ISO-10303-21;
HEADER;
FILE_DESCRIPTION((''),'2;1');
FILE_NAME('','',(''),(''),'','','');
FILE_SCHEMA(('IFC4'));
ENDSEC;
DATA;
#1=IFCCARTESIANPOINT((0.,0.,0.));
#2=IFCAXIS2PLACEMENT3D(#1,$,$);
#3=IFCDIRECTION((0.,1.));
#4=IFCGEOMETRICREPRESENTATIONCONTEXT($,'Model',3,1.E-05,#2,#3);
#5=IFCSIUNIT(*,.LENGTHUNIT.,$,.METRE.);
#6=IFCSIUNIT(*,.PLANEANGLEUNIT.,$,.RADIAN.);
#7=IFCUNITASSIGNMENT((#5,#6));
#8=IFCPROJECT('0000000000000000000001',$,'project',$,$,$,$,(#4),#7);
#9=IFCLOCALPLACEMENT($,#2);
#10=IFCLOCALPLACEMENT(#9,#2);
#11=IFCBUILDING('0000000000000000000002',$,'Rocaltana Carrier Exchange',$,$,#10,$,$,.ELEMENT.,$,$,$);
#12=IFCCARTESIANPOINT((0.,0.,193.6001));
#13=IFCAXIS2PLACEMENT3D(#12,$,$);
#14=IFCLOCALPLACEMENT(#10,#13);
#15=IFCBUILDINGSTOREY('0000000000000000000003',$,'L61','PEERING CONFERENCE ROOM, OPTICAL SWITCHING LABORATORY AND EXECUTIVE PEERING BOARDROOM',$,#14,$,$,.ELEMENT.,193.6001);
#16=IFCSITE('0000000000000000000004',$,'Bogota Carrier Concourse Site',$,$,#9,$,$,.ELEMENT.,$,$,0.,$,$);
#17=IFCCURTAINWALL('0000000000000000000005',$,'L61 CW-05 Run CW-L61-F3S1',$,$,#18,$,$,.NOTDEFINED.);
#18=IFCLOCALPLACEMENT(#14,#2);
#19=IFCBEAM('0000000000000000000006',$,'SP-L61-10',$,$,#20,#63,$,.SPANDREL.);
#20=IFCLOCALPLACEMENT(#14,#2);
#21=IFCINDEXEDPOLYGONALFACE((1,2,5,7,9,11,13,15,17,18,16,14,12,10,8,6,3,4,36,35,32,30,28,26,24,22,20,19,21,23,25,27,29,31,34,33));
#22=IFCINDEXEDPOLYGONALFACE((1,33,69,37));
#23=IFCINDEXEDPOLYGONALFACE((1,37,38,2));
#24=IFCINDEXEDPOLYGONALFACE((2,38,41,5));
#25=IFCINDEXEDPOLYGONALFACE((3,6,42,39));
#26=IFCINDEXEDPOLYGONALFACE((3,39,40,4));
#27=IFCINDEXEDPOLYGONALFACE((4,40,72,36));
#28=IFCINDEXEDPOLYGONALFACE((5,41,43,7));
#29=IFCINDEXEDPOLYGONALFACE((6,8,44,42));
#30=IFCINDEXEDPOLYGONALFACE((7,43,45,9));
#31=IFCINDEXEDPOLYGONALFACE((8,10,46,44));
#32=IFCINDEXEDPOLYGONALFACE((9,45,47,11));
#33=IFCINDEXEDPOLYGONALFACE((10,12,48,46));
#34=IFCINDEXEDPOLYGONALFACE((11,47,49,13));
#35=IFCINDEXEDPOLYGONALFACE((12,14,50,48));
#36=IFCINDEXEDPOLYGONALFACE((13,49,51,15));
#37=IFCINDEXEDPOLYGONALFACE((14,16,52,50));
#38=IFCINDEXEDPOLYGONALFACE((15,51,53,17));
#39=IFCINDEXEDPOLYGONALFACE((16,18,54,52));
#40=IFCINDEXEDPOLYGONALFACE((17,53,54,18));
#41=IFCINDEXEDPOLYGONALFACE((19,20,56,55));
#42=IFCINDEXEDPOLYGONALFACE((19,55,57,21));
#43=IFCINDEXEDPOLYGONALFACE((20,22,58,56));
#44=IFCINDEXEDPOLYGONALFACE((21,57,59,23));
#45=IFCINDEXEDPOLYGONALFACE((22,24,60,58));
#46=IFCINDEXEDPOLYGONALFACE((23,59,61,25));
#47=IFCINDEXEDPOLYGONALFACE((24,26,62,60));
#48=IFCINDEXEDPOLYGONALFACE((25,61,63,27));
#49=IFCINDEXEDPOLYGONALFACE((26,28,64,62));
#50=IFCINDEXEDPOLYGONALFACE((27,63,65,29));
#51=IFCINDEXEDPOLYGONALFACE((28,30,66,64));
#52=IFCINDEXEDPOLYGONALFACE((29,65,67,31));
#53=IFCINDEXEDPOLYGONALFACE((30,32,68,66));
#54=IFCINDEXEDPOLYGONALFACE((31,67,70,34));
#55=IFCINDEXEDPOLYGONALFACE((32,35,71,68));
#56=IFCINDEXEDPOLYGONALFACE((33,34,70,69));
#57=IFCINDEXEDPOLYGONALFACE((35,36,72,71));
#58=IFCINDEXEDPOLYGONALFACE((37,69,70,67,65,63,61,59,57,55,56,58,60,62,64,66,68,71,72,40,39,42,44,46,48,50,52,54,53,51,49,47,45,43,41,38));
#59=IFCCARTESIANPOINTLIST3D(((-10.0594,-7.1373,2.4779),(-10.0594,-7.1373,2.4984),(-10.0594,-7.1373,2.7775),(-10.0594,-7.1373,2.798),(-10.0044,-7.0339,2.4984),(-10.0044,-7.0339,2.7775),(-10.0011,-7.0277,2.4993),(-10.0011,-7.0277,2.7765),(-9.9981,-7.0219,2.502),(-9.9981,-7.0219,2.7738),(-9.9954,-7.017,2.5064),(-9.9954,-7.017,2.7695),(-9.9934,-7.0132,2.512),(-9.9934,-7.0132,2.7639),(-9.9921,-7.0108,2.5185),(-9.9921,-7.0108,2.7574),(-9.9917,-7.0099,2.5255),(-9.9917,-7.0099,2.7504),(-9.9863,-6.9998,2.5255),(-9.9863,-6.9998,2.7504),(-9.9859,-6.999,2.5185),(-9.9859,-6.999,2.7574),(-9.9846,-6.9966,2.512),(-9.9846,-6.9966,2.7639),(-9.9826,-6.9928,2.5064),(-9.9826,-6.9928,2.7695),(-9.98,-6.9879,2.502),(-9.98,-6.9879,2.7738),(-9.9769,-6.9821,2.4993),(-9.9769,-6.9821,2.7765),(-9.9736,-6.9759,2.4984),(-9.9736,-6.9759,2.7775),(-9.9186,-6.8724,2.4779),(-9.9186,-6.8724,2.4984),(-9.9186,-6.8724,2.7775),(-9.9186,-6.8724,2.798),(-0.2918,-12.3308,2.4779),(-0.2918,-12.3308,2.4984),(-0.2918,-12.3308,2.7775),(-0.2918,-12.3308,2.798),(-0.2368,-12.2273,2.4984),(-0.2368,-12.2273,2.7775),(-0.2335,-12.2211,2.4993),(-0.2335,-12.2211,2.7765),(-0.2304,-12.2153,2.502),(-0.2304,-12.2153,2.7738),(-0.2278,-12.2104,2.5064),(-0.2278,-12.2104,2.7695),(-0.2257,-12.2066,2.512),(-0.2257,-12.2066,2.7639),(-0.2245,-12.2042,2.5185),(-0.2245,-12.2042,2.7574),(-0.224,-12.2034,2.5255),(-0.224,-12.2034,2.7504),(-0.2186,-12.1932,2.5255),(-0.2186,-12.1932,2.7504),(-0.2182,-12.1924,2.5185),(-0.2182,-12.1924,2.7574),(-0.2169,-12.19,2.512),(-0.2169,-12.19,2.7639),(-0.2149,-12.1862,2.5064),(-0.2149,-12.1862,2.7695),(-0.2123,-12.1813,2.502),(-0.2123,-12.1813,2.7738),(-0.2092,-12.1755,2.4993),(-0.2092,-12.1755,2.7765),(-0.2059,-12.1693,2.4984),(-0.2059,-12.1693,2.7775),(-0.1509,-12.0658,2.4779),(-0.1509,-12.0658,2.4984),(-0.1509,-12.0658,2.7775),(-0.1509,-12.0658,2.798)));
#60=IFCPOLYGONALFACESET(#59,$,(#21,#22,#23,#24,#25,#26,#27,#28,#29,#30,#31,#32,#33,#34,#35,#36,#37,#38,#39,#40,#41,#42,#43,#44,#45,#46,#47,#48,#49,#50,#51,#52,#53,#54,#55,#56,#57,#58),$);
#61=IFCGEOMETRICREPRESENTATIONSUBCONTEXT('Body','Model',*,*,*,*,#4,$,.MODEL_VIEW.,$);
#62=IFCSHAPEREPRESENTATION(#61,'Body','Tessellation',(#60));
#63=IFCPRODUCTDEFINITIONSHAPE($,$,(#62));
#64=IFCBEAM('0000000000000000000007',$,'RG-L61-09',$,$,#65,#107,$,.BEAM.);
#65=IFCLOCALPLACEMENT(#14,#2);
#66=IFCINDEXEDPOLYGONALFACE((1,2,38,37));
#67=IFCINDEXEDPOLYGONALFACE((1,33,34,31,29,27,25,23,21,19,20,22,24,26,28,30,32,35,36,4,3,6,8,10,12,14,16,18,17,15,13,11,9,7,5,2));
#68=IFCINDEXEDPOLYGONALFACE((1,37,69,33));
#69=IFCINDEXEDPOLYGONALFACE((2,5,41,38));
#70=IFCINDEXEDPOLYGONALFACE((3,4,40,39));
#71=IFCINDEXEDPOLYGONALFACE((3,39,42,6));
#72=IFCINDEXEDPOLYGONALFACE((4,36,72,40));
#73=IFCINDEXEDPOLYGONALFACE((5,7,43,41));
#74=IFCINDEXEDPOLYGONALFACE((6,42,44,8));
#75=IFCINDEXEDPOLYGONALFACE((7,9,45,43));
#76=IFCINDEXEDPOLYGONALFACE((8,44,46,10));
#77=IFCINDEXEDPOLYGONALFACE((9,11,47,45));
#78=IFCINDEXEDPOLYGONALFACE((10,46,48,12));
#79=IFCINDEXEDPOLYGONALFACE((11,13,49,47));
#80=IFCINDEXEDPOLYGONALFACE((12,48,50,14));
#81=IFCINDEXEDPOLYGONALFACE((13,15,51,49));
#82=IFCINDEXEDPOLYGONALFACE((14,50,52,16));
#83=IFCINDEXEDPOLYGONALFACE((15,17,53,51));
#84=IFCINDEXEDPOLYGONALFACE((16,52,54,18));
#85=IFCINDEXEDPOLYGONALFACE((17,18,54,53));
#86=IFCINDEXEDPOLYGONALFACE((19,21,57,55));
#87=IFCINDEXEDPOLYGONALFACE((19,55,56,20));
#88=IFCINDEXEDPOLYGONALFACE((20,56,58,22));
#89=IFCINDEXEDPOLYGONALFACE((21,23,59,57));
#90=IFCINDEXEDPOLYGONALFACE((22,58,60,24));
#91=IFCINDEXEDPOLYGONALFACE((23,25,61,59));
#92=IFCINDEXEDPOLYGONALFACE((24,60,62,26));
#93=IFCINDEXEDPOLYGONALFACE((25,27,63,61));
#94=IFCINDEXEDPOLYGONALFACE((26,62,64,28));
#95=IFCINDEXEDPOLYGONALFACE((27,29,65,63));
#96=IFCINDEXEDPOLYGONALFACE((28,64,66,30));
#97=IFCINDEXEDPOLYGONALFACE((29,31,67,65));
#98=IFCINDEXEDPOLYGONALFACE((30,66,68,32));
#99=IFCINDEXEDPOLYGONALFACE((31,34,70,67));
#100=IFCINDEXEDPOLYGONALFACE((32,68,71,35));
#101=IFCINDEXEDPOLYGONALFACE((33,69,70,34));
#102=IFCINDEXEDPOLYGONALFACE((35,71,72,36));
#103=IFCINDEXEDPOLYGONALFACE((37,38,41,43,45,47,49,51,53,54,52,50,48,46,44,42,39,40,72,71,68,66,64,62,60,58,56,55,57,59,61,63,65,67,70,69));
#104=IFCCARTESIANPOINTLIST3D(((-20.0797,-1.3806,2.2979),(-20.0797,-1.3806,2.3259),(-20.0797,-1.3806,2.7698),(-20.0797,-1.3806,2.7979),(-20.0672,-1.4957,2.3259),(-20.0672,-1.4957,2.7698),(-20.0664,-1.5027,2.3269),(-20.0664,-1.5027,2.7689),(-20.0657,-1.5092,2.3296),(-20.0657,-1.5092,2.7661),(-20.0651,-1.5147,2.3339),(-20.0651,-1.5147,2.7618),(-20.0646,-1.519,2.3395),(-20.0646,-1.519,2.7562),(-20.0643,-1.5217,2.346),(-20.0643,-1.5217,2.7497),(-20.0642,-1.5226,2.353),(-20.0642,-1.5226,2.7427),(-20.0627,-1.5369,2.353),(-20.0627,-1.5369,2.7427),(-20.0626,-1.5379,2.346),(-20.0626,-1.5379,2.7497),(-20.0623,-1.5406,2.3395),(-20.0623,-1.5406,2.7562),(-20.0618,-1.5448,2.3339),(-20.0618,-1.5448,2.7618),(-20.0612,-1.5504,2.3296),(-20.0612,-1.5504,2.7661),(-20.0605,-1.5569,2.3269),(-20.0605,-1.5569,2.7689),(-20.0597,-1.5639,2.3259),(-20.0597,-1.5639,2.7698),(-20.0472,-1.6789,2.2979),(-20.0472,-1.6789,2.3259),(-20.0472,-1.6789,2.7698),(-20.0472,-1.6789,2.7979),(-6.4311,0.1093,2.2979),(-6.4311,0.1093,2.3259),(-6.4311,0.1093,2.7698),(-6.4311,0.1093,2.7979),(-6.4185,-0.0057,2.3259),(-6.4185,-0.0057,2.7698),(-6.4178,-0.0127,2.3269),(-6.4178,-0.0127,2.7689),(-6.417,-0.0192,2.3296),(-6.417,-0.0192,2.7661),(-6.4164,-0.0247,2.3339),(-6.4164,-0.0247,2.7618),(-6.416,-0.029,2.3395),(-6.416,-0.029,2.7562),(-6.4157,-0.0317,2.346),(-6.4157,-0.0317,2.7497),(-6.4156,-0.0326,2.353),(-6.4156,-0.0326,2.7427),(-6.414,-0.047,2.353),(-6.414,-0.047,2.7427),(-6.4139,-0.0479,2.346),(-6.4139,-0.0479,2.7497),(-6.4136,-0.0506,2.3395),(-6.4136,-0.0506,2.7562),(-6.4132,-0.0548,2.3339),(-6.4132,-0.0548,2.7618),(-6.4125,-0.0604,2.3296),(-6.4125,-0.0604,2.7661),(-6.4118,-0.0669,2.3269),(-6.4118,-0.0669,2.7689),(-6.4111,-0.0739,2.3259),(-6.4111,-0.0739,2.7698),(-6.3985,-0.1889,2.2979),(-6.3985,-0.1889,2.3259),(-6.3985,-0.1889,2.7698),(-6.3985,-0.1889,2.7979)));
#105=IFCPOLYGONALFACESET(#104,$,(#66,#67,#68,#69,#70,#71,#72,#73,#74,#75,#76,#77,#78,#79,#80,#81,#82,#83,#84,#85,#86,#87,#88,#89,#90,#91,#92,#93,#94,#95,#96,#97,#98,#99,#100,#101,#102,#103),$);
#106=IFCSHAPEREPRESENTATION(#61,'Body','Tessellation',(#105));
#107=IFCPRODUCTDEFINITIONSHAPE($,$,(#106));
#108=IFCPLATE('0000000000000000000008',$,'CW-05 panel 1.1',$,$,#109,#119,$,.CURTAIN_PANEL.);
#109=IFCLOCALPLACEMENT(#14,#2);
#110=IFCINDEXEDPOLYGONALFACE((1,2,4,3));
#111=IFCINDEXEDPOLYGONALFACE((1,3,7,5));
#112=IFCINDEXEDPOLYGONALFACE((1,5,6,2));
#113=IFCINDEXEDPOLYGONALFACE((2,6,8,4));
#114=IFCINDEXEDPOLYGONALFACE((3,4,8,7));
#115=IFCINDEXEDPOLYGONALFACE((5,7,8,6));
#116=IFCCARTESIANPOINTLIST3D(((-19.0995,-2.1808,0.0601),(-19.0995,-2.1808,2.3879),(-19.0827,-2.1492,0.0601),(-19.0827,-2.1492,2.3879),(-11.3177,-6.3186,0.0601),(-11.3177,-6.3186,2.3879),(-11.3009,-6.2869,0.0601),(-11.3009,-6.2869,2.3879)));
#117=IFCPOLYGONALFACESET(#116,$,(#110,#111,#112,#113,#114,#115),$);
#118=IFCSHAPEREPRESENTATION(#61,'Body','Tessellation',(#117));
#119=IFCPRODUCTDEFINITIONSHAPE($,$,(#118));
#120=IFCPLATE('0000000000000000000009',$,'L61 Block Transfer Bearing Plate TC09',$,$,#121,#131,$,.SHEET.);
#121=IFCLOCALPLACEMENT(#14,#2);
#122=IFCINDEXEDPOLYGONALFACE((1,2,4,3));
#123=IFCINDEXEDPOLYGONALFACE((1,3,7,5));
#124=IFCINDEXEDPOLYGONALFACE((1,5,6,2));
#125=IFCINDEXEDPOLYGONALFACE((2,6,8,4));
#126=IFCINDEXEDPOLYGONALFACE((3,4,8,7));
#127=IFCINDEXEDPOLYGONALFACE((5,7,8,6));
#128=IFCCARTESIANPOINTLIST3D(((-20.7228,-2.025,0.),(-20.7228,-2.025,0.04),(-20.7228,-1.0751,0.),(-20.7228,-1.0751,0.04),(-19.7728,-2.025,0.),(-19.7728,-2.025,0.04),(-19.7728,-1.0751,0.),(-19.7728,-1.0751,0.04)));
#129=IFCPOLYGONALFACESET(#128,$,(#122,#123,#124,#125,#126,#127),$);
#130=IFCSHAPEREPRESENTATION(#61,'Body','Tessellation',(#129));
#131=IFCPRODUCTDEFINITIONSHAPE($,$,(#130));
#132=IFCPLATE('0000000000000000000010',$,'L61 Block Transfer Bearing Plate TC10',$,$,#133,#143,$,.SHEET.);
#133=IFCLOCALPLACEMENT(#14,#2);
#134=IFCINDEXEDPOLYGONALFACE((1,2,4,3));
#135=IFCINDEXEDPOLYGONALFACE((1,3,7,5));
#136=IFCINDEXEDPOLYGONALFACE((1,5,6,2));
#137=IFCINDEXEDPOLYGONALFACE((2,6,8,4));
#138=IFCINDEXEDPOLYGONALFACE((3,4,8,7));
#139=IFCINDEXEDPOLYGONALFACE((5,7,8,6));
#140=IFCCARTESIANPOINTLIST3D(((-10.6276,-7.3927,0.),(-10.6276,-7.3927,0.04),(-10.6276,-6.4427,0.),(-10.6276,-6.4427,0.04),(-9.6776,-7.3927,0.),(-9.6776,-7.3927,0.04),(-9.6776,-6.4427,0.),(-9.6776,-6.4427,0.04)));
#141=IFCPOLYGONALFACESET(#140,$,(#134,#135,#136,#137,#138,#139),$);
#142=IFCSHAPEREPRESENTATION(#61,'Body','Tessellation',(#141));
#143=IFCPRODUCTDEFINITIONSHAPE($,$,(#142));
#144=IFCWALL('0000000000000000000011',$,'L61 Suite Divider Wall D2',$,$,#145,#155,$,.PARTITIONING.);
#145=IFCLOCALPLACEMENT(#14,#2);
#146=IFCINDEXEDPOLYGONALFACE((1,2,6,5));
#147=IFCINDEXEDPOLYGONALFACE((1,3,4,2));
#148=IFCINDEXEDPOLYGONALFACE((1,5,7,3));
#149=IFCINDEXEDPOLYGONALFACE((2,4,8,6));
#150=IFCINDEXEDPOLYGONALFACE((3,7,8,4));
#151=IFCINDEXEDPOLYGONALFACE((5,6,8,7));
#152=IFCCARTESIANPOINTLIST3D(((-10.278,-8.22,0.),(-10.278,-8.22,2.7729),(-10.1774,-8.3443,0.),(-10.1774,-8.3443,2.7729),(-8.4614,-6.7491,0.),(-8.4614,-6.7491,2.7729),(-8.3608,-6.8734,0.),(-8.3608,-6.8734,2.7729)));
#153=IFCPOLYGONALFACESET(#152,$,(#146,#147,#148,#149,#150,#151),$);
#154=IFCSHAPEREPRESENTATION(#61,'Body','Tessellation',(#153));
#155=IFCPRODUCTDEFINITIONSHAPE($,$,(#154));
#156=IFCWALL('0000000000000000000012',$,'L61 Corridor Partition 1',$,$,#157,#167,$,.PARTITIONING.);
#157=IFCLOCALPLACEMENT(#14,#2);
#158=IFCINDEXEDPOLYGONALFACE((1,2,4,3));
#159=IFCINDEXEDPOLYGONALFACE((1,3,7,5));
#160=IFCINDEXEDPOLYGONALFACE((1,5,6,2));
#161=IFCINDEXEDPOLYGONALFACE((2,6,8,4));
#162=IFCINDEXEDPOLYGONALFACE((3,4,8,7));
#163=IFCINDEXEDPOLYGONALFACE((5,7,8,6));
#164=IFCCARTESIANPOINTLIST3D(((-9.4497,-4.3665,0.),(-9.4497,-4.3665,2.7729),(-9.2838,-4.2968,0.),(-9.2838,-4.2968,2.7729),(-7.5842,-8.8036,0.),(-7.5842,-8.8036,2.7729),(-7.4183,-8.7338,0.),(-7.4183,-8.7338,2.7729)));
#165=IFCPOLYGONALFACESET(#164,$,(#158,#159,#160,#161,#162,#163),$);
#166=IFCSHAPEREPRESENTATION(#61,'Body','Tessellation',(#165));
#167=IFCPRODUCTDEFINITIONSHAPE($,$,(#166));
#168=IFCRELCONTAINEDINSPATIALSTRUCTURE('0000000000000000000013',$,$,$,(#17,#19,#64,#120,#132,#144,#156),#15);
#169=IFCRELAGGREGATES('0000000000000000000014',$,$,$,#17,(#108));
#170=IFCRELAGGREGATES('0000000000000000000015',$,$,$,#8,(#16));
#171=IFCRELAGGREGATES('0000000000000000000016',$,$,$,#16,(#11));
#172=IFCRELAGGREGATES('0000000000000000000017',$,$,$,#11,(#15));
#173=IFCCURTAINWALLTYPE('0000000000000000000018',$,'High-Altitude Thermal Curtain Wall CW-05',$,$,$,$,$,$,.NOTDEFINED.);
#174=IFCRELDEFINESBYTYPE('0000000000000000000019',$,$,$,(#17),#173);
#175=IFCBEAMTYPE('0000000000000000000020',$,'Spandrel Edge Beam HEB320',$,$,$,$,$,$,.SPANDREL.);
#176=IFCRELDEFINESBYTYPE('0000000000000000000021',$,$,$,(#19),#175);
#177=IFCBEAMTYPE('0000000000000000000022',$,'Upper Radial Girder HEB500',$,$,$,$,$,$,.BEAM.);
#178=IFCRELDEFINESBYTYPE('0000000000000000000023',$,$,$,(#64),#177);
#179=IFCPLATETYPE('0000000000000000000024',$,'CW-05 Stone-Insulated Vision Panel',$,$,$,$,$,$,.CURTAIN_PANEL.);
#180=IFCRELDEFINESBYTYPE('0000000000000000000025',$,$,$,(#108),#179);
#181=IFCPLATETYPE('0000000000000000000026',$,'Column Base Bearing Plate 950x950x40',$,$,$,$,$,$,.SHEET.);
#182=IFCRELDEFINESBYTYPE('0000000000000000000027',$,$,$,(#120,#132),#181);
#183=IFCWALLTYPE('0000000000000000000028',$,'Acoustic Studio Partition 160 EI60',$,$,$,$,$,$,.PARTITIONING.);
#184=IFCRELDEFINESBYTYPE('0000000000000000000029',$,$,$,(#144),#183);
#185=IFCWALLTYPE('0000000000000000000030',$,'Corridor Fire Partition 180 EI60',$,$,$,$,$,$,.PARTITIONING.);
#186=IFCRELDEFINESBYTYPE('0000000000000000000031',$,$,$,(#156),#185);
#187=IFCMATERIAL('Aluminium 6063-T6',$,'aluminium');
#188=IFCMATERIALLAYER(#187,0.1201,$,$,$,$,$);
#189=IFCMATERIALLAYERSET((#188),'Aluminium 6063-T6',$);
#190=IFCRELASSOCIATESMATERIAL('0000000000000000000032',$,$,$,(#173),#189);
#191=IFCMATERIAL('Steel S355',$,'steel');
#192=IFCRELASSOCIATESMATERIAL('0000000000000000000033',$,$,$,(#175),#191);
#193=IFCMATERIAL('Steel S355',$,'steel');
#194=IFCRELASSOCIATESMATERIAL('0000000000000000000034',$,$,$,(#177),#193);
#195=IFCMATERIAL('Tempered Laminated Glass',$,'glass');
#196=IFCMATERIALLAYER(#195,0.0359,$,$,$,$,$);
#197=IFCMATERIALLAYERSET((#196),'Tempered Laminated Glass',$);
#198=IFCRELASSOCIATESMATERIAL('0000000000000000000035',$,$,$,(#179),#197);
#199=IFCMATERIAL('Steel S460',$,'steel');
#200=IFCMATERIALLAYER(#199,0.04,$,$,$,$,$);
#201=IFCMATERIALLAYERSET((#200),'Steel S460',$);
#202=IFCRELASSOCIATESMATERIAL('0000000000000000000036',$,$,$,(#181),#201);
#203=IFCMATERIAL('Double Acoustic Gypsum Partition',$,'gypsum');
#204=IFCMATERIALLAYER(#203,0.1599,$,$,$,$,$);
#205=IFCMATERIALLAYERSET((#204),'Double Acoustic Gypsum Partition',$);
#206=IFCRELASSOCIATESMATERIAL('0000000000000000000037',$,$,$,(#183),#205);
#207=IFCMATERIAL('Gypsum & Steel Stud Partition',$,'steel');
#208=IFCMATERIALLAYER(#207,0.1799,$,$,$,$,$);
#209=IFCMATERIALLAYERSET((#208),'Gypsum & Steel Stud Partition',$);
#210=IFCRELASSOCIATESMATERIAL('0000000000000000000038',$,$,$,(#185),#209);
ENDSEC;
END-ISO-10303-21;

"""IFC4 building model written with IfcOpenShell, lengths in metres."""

from ifc_helpers import new_model, si_unit, direction, frame, frame_2d, origin, origin_2d, place, context, subcontext, project, spatial, rectangle, i_section, extrude, material, layer, layer_set, material_profile, profile_set, type_object, element, aggregate, save


model = new_model("IFC4")

# Units and contexts
model_context = context("Model", 3, precision=1e-05, world=origin(), true_north=direction((0.0, 1.0)))
body_context = subcontext(model_context, "Body", "Model", "MODEL_VIEW")
ifc_project = project(units=[si_unit("LENGTHUNIT", "METRE"), si_unit("PLANEANGLEUNIT", "RADIAN")], contexts=[model_context])

# Site, building, storey
site_placement = place(None, origin())
site = spatial("IfcSite", under=ifc_project, at=site_placement, Name="Bogota Carrier Concourse Site", CompositionType="ELEMENT", RefElevation=0.0)
building_placement = place(site_placement, origin())
building = spatial("IfcBuilding", under=site, at=building_placement, Name="Rocaltana Carrier Exchange", CompositionType="ELEMENT")
storey_placement = place(building_placement, frame((0.0, 0.0, 193.6001)))
storey = spatial("IfcBuildingStorey", under=building, at=storey_placement, Name="L61", Description="PEERING CONFERENCE ROOM, OPTICAL SWITCHING LABORATORY AND EXECUTIVE PEERING BOARDROOM", CompositionType="ELEMENT", Elevation=193.6001)

# Curtain wall
ifc_material_1 = material(Name="Aluminium 6063-T6", Category="aluminium")
ifc_layer_1 = layer(ifc_material_1, 0.1201)
ifc_layer_set_1 = layer_set([ifc_layer_1], Name="Aluminium 6063-T6")
curtain_wall_type = type_object("IfcCurtainWallType", Name="High-Altitude Thermal Curtain Wall CW-05", PredefinedType="NOTDEFINED", material=ifc_layer_set_1)
curtain_wall_1_placement = place(storey_placement, origin())
curtain_wall_1 = element("IfcCurtainWall", 1, at=curtain_wall_1_placement, inside=storey, type_object=curtain_wall_type, Name="L61 CW-05 Run CW-L61-F3S1", PredefinedType="NOTDEFINED")

# Beams
ifc_material_2 = material(Name="Steel S355", Category="steel")
ifc_material_profile_1 = material_profile(ifc_material_2, i_section(OverallWidth=0.3, OverallDepth=0.3201, WebThickness=0.0115, FlangeThickness=0.0205, FilletRadius=0.0271, at=origin_2d()), Name="HEB320")
ifc_profile_set_1 = profile_set([ifc_material_profile_1], Name="Steel S355")
beam_type_1 = type_object("IfcBeamType", Name="Spandrel Edge Beam HEB320", PredefinedType="SPANDREL", material=ifc_profile_set_1)
for number, where, z_axis, x_axis, name in (
    (2, (-9.989, -7.0049, 2.6379), (0.882953, -0.469461, 0.0), (0.469461, 0.882953, 0.0), "SP-L61-10"),
):
    element("IfcBeam", number, at=place(storey_placement, frame(where, z_axis=z_axis, x_axis=x_axis)), inside=storey, type_object=beam_type_1, Name=name, PredefinedType="SPANDREL", context=body_context, shape_type="SweptSolid", body=[
        extrude(i_section(OverallWidth=0.3, OverallDepth=0.3201, WebThickness=0.0115, FlangeThickness=0.0205, FilletRadius=0.0271, at=origin_2d()), origin(), (0.0, 0.0, 1.0), 11.0625),
    ])
ifc_material_3 = material(Name="Steel S355", Category="steel")
ifc_material_profile_2 = material_profile(ifc_material_3, i_section(OverallWidth=0.3, OverallDepth=0.5, WebThickness=0.0144, FlangeThickness=0.0281, FilletRadius=0.0271, at=origin_2d()), Name="HEB500")
ifc_profile_set_2 = profile_set([ifc_material_profile_2], Name="Steel S355")
beam_type_2 = type_object("IfcBeamType", Name="Upper Radial Girder HEB500", PredefinedType="BEAM", material=ifc_profile_set_2)
beam_1_placement = place(storey_placement, frame((-6.4148, -0.0398, 2.5479), z_axis=(-0.994094, -0.108523, 0.0), x_axis=(0.108523, -0.994094, 0.0)))
element("IfcBeam", 3, at=beam_1_placement, inside=storey, type_object=beam_type_2, Name="RG-L61-09", PredefinedType="BEAM", context=body_context, shape_type="SweptSolid", body=[
    extrude(i_section(OverallWidth=0.3, OverallDepth=0.5, WebThickness=0.0144, FlangeThickness=0.0281, FilletRadius=0.0271, at=origin_2d()), origin(), (0.0, 0.0, 1.0), 13.7297),
])

# Plate
ifc_material_4 = material(Name="Tempered Laminated Glass", Category="glass")
ifc_layer_2 = layer(ifc_material_4, 0.0359)
ifc_layer_set_2 = layer_set([ifc_layer_2], Name="Tempered Laminated Glass")
plate_type_1 = type_object("IfcPlateType", Name="CW-05 Stone-Insulated Vision Panel", PredefinedType="CURTAIN_PANEL", material=ifc_layer_set_2)
plate_placement = place(storey_placement, frame((-15.2002, -4.2339, 0.0601), z_axis=(0.0, 0.0, 1.0), x_axis=(0.882941, -0.469483, 0.0)))
plate = element("IfcPlate", 4, at=plate_placement, type_object=plate_type_1, Name="CW-05 panel 1.1", PredefinedType="CURTAIN_PANEL", context=body_context, shape_type="SweptSolid", body=[
    extrude(rectangle(XDim=8.8135, YDim=0.0359, at=origin_2d()), origin(), (0.0, 0.0, 1.0), 2.3279),
])
aggregate(curtain_wall_1, [plate])

# Plates
ifc_material_5 = material(Name="Steel S460", Category="steel")
ifc_layer_3 = layer(ifc_material_5, 0.04)
ifc_layer_set_3 = layer_set([ifc_layer_3], Name="Steel S460")
plate_type_2 = type_object("IfcPlateType", Name="Column Base Bearing Plate 950x950x40", PredefinedType="SHEET", material=ifc_layer_set_3)
for number, where, z_axis, x_axis, name in (
    (5, (-20.2478, -1.55, 0.0), (0.0, 0.0, 1.0), (1.0, 0.0, 0.0), "L61 Block Transfer Bearing Plate TC09"),
    (6, (-10.1526, -6.9177, 0.0), (0.0, 0.0, 1.0), (1.0, 0.0, 0.0), "L61 Block Transfer Bearing Plate TC10"),
):
    element("IfcPlate", number, at=place(storey_placement, frame(where, z_axis=z_axis, x_axis=x_axis)), inside=storey, type_object=plate_type_2, Name=name, PredefinedType="SHEET", context=body_context, shape_type="SweptSolid", body=[
        extrude(rectangle(XDim=0.95, YDim=0.95, at=origin_2d()), origin(), (0.0, 0.0, 1.0), 0.04),
    ])

# Walls
ifc_material_6 = material(Name="Double Acoustic Gypsum Partition", Category="gypsum")
ifc_layer_4 = layer(ifc_material_6, 0.1599)
ifc_layer_set_4 = layer_set([ifc_layer_4], Name="Double Acoustic Gypsum Partition")
wall_type_1 = type_object("IfcWallType", Name="Acoustic Studio Partition 160 EI60", PredefinedType="PARTITIONING", material=ifc_layer_set_4)
wall_1_placement = place(storey_placement, frame((-8.4111, -6.8113, 0.0), z_axis=(0.0, 0.0, 1.0), x_axis=(-0.777177, -0.629282, 0.0)))
element("IfcWall", 7, at=wall_1_placement, inside=storey, type_object=wall_type_1, Name="L61 Suite Divider Wall D2", PredefinedType="PARTITIONING", context=body_context, shape_type="SweptSolid", body=[
    extrude(rectangle(XDim=2.3374, YDim=0.1599, at=frame_2d((1.1687, 0.0))), origin(), (0.0, 0.0, 1.0), 2.7729),
])
ifc_material_7 = material(Name="Gypsum & Steel Stud Partition", Category="steel")
ifc_layer_5 = layer(ifc_material_7, 0.1799)
ifc_layer_set_5 = layer_set([ifc_layer_5], Name="Gypsum & Steel Stud Partition")
wall_type_2 = type_object("IfcWallType", Name="Corridor Fire Partition 180 EI60", PredefinedType="PARTITIONING", material=ifc_layer_set_5)
wall_2_placement = place(storey_placement, frame((-7.5012, -8.7688, 0.0), z_axis=(0.0, 0.0, 1.0), x_axis=(-0.387574, 0.921839, 0.0)))
element("IfcWall", 8, at=wall_2_placement, inside=storey, type_object=wall_type_2, Name="L61 Corridor Partition 1", PredefinedType="PARTITIONING", context=body_context, shape_type="SweptSolid", body=[
    extrude(rectangle(XDim=4.8132, YDim=0.1799, at=frame_2d((2.4067, 0.0))), origin(), (0.0, 0.0, 1.0), 2.7729),
])

save(model, "model.ifc")
